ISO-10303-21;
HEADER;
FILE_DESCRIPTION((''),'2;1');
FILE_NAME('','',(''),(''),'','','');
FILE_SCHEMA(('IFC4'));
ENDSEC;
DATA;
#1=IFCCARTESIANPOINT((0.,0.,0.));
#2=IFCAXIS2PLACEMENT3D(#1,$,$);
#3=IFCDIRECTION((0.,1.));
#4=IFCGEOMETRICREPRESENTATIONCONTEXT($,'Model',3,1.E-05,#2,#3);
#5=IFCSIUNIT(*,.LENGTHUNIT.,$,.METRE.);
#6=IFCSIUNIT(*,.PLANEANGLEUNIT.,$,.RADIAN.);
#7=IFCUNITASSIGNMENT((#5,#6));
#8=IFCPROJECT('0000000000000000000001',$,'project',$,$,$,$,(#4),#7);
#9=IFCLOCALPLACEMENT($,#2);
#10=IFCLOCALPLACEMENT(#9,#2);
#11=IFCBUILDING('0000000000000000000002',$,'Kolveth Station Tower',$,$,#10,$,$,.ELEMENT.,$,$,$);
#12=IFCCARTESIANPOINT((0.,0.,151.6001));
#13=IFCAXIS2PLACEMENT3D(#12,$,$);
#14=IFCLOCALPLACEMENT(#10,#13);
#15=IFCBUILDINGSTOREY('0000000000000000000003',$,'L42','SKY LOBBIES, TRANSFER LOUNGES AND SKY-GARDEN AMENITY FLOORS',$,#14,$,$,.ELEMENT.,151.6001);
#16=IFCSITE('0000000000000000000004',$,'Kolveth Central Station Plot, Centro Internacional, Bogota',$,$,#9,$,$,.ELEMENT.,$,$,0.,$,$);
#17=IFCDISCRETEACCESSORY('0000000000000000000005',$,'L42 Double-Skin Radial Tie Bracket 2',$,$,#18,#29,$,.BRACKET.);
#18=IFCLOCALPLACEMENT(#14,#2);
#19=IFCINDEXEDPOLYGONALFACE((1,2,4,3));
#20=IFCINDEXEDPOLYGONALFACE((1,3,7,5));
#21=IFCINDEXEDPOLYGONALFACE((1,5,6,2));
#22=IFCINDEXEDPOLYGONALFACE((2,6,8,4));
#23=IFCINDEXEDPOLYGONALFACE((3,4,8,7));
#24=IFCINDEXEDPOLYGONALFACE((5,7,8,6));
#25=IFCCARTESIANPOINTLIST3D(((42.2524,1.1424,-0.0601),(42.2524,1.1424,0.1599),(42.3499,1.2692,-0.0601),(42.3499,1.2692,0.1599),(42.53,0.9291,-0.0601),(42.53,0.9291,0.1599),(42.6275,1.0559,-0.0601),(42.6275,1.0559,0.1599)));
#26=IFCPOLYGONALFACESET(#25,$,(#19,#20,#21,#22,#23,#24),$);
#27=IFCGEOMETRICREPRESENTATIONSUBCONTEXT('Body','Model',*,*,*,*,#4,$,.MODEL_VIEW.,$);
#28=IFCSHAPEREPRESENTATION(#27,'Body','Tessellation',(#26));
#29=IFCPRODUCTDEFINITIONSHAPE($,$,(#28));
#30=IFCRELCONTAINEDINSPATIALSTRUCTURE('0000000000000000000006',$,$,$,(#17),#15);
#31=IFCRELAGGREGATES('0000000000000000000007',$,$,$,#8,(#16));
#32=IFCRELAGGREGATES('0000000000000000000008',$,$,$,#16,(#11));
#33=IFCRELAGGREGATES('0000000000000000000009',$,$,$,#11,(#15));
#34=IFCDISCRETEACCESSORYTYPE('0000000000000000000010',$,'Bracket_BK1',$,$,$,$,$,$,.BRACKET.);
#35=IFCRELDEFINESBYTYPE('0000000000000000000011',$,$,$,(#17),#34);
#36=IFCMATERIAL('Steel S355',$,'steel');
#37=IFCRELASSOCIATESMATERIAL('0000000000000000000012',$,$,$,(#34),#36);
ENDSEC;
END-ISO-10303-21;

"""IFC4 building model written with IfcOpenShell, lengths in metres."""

from ifc_helpers import new_model, si_unit, direction, frame, origin, origin_2d, place, context, subcontext, project, spatial, rectangle, extrude, source, transform, mapped, material, type_object, element, save


model = new_model("IFC4")

# Units and contexts
model_context = context("Model", 3, precision=1e-05, world=origin(), true_north=direction((0.0, 1.0)))
body_context = subcontext(model_context, "Body", "Model", "MODEL_VIEW")
ifc_project = project(units=[si_unit("LENGTHUNIT", "METRE"), si_unit("PLANEANGLEUNIT", "RADIAN")], contexts=[model_context])

# Site, building, storey
site_placement = place(None, origin())
site = spatial("IfcSite", under=ifc_project, at=site_placement, Name="Kolveth Central Station Plot, Centro Internacional, Bogota", CompositionType="ELEMENT", RefElevation=0.0)
building_placement = place(site_placement, origin())
building = spatial("IfcBuilding", under=site, at=building_placement, Name="Kolveth Station Tower", CompositionType="ELEMENT")
storey_placement = place(building_placement, frame((0.0, 0.0, 151.6001)))
storey = spatial("IfcBuildingStorey", under=building, at=storey_placement, Name="L42", Description="SKY LOBBIES, TRANSFER LOUNGES AND SKY-GARDEN AMENITY FLOORS", CompositionType="ELEMENT", Elevation=151.6001)

# Shared definitions
ifc_material_1 = material(Name="Steel S355", Category="steel")

# Discrete accessory
discrete_accessory_type = type_object("IfcDiscreteAccessoryType", Name="Bracket_BK1", PredefinedType="BRACKET", material=ifc_material_1)
shared_shape_1 = source(origin(), body_context, "Body", "SweptSolid", [
    extrude(rectangle(XDim=0.3501, YDim=0.1599, at=origin_2d()), origin(), (0.0, 0.0, 1.0), 0.22),
])
for number, where, z_axis, x_axis, name in (
    (1, (42.4399, 1.0991, -0.0601), (0.0, 0.0, 1.0), (0.792928, -0.609315, 0.0), "L42 Double-Skin Radial Tie Bracket 2"),
):
    element("IfcDiscreteAccessory", number, at=place(storey_placement, frame(where, z_axis=z_axis, x_axis=x_axis)), inside=storey, type_object=discrete_accessory_type, Name=name, PredefinedType="BRACKET", context=body_context, shape_type="MappedRepresentation", body=[
        mapped(shared_shape_1, transform((0.0, 0.0, 0.0), x_axis=(1.0, 0.0, 0.0), y_axis=(0.0, 1.0, 0.0), z_axis=(0.0, 0.0, 1.0), scale=1.0)),
    ])

save(model, "model.ifc")
